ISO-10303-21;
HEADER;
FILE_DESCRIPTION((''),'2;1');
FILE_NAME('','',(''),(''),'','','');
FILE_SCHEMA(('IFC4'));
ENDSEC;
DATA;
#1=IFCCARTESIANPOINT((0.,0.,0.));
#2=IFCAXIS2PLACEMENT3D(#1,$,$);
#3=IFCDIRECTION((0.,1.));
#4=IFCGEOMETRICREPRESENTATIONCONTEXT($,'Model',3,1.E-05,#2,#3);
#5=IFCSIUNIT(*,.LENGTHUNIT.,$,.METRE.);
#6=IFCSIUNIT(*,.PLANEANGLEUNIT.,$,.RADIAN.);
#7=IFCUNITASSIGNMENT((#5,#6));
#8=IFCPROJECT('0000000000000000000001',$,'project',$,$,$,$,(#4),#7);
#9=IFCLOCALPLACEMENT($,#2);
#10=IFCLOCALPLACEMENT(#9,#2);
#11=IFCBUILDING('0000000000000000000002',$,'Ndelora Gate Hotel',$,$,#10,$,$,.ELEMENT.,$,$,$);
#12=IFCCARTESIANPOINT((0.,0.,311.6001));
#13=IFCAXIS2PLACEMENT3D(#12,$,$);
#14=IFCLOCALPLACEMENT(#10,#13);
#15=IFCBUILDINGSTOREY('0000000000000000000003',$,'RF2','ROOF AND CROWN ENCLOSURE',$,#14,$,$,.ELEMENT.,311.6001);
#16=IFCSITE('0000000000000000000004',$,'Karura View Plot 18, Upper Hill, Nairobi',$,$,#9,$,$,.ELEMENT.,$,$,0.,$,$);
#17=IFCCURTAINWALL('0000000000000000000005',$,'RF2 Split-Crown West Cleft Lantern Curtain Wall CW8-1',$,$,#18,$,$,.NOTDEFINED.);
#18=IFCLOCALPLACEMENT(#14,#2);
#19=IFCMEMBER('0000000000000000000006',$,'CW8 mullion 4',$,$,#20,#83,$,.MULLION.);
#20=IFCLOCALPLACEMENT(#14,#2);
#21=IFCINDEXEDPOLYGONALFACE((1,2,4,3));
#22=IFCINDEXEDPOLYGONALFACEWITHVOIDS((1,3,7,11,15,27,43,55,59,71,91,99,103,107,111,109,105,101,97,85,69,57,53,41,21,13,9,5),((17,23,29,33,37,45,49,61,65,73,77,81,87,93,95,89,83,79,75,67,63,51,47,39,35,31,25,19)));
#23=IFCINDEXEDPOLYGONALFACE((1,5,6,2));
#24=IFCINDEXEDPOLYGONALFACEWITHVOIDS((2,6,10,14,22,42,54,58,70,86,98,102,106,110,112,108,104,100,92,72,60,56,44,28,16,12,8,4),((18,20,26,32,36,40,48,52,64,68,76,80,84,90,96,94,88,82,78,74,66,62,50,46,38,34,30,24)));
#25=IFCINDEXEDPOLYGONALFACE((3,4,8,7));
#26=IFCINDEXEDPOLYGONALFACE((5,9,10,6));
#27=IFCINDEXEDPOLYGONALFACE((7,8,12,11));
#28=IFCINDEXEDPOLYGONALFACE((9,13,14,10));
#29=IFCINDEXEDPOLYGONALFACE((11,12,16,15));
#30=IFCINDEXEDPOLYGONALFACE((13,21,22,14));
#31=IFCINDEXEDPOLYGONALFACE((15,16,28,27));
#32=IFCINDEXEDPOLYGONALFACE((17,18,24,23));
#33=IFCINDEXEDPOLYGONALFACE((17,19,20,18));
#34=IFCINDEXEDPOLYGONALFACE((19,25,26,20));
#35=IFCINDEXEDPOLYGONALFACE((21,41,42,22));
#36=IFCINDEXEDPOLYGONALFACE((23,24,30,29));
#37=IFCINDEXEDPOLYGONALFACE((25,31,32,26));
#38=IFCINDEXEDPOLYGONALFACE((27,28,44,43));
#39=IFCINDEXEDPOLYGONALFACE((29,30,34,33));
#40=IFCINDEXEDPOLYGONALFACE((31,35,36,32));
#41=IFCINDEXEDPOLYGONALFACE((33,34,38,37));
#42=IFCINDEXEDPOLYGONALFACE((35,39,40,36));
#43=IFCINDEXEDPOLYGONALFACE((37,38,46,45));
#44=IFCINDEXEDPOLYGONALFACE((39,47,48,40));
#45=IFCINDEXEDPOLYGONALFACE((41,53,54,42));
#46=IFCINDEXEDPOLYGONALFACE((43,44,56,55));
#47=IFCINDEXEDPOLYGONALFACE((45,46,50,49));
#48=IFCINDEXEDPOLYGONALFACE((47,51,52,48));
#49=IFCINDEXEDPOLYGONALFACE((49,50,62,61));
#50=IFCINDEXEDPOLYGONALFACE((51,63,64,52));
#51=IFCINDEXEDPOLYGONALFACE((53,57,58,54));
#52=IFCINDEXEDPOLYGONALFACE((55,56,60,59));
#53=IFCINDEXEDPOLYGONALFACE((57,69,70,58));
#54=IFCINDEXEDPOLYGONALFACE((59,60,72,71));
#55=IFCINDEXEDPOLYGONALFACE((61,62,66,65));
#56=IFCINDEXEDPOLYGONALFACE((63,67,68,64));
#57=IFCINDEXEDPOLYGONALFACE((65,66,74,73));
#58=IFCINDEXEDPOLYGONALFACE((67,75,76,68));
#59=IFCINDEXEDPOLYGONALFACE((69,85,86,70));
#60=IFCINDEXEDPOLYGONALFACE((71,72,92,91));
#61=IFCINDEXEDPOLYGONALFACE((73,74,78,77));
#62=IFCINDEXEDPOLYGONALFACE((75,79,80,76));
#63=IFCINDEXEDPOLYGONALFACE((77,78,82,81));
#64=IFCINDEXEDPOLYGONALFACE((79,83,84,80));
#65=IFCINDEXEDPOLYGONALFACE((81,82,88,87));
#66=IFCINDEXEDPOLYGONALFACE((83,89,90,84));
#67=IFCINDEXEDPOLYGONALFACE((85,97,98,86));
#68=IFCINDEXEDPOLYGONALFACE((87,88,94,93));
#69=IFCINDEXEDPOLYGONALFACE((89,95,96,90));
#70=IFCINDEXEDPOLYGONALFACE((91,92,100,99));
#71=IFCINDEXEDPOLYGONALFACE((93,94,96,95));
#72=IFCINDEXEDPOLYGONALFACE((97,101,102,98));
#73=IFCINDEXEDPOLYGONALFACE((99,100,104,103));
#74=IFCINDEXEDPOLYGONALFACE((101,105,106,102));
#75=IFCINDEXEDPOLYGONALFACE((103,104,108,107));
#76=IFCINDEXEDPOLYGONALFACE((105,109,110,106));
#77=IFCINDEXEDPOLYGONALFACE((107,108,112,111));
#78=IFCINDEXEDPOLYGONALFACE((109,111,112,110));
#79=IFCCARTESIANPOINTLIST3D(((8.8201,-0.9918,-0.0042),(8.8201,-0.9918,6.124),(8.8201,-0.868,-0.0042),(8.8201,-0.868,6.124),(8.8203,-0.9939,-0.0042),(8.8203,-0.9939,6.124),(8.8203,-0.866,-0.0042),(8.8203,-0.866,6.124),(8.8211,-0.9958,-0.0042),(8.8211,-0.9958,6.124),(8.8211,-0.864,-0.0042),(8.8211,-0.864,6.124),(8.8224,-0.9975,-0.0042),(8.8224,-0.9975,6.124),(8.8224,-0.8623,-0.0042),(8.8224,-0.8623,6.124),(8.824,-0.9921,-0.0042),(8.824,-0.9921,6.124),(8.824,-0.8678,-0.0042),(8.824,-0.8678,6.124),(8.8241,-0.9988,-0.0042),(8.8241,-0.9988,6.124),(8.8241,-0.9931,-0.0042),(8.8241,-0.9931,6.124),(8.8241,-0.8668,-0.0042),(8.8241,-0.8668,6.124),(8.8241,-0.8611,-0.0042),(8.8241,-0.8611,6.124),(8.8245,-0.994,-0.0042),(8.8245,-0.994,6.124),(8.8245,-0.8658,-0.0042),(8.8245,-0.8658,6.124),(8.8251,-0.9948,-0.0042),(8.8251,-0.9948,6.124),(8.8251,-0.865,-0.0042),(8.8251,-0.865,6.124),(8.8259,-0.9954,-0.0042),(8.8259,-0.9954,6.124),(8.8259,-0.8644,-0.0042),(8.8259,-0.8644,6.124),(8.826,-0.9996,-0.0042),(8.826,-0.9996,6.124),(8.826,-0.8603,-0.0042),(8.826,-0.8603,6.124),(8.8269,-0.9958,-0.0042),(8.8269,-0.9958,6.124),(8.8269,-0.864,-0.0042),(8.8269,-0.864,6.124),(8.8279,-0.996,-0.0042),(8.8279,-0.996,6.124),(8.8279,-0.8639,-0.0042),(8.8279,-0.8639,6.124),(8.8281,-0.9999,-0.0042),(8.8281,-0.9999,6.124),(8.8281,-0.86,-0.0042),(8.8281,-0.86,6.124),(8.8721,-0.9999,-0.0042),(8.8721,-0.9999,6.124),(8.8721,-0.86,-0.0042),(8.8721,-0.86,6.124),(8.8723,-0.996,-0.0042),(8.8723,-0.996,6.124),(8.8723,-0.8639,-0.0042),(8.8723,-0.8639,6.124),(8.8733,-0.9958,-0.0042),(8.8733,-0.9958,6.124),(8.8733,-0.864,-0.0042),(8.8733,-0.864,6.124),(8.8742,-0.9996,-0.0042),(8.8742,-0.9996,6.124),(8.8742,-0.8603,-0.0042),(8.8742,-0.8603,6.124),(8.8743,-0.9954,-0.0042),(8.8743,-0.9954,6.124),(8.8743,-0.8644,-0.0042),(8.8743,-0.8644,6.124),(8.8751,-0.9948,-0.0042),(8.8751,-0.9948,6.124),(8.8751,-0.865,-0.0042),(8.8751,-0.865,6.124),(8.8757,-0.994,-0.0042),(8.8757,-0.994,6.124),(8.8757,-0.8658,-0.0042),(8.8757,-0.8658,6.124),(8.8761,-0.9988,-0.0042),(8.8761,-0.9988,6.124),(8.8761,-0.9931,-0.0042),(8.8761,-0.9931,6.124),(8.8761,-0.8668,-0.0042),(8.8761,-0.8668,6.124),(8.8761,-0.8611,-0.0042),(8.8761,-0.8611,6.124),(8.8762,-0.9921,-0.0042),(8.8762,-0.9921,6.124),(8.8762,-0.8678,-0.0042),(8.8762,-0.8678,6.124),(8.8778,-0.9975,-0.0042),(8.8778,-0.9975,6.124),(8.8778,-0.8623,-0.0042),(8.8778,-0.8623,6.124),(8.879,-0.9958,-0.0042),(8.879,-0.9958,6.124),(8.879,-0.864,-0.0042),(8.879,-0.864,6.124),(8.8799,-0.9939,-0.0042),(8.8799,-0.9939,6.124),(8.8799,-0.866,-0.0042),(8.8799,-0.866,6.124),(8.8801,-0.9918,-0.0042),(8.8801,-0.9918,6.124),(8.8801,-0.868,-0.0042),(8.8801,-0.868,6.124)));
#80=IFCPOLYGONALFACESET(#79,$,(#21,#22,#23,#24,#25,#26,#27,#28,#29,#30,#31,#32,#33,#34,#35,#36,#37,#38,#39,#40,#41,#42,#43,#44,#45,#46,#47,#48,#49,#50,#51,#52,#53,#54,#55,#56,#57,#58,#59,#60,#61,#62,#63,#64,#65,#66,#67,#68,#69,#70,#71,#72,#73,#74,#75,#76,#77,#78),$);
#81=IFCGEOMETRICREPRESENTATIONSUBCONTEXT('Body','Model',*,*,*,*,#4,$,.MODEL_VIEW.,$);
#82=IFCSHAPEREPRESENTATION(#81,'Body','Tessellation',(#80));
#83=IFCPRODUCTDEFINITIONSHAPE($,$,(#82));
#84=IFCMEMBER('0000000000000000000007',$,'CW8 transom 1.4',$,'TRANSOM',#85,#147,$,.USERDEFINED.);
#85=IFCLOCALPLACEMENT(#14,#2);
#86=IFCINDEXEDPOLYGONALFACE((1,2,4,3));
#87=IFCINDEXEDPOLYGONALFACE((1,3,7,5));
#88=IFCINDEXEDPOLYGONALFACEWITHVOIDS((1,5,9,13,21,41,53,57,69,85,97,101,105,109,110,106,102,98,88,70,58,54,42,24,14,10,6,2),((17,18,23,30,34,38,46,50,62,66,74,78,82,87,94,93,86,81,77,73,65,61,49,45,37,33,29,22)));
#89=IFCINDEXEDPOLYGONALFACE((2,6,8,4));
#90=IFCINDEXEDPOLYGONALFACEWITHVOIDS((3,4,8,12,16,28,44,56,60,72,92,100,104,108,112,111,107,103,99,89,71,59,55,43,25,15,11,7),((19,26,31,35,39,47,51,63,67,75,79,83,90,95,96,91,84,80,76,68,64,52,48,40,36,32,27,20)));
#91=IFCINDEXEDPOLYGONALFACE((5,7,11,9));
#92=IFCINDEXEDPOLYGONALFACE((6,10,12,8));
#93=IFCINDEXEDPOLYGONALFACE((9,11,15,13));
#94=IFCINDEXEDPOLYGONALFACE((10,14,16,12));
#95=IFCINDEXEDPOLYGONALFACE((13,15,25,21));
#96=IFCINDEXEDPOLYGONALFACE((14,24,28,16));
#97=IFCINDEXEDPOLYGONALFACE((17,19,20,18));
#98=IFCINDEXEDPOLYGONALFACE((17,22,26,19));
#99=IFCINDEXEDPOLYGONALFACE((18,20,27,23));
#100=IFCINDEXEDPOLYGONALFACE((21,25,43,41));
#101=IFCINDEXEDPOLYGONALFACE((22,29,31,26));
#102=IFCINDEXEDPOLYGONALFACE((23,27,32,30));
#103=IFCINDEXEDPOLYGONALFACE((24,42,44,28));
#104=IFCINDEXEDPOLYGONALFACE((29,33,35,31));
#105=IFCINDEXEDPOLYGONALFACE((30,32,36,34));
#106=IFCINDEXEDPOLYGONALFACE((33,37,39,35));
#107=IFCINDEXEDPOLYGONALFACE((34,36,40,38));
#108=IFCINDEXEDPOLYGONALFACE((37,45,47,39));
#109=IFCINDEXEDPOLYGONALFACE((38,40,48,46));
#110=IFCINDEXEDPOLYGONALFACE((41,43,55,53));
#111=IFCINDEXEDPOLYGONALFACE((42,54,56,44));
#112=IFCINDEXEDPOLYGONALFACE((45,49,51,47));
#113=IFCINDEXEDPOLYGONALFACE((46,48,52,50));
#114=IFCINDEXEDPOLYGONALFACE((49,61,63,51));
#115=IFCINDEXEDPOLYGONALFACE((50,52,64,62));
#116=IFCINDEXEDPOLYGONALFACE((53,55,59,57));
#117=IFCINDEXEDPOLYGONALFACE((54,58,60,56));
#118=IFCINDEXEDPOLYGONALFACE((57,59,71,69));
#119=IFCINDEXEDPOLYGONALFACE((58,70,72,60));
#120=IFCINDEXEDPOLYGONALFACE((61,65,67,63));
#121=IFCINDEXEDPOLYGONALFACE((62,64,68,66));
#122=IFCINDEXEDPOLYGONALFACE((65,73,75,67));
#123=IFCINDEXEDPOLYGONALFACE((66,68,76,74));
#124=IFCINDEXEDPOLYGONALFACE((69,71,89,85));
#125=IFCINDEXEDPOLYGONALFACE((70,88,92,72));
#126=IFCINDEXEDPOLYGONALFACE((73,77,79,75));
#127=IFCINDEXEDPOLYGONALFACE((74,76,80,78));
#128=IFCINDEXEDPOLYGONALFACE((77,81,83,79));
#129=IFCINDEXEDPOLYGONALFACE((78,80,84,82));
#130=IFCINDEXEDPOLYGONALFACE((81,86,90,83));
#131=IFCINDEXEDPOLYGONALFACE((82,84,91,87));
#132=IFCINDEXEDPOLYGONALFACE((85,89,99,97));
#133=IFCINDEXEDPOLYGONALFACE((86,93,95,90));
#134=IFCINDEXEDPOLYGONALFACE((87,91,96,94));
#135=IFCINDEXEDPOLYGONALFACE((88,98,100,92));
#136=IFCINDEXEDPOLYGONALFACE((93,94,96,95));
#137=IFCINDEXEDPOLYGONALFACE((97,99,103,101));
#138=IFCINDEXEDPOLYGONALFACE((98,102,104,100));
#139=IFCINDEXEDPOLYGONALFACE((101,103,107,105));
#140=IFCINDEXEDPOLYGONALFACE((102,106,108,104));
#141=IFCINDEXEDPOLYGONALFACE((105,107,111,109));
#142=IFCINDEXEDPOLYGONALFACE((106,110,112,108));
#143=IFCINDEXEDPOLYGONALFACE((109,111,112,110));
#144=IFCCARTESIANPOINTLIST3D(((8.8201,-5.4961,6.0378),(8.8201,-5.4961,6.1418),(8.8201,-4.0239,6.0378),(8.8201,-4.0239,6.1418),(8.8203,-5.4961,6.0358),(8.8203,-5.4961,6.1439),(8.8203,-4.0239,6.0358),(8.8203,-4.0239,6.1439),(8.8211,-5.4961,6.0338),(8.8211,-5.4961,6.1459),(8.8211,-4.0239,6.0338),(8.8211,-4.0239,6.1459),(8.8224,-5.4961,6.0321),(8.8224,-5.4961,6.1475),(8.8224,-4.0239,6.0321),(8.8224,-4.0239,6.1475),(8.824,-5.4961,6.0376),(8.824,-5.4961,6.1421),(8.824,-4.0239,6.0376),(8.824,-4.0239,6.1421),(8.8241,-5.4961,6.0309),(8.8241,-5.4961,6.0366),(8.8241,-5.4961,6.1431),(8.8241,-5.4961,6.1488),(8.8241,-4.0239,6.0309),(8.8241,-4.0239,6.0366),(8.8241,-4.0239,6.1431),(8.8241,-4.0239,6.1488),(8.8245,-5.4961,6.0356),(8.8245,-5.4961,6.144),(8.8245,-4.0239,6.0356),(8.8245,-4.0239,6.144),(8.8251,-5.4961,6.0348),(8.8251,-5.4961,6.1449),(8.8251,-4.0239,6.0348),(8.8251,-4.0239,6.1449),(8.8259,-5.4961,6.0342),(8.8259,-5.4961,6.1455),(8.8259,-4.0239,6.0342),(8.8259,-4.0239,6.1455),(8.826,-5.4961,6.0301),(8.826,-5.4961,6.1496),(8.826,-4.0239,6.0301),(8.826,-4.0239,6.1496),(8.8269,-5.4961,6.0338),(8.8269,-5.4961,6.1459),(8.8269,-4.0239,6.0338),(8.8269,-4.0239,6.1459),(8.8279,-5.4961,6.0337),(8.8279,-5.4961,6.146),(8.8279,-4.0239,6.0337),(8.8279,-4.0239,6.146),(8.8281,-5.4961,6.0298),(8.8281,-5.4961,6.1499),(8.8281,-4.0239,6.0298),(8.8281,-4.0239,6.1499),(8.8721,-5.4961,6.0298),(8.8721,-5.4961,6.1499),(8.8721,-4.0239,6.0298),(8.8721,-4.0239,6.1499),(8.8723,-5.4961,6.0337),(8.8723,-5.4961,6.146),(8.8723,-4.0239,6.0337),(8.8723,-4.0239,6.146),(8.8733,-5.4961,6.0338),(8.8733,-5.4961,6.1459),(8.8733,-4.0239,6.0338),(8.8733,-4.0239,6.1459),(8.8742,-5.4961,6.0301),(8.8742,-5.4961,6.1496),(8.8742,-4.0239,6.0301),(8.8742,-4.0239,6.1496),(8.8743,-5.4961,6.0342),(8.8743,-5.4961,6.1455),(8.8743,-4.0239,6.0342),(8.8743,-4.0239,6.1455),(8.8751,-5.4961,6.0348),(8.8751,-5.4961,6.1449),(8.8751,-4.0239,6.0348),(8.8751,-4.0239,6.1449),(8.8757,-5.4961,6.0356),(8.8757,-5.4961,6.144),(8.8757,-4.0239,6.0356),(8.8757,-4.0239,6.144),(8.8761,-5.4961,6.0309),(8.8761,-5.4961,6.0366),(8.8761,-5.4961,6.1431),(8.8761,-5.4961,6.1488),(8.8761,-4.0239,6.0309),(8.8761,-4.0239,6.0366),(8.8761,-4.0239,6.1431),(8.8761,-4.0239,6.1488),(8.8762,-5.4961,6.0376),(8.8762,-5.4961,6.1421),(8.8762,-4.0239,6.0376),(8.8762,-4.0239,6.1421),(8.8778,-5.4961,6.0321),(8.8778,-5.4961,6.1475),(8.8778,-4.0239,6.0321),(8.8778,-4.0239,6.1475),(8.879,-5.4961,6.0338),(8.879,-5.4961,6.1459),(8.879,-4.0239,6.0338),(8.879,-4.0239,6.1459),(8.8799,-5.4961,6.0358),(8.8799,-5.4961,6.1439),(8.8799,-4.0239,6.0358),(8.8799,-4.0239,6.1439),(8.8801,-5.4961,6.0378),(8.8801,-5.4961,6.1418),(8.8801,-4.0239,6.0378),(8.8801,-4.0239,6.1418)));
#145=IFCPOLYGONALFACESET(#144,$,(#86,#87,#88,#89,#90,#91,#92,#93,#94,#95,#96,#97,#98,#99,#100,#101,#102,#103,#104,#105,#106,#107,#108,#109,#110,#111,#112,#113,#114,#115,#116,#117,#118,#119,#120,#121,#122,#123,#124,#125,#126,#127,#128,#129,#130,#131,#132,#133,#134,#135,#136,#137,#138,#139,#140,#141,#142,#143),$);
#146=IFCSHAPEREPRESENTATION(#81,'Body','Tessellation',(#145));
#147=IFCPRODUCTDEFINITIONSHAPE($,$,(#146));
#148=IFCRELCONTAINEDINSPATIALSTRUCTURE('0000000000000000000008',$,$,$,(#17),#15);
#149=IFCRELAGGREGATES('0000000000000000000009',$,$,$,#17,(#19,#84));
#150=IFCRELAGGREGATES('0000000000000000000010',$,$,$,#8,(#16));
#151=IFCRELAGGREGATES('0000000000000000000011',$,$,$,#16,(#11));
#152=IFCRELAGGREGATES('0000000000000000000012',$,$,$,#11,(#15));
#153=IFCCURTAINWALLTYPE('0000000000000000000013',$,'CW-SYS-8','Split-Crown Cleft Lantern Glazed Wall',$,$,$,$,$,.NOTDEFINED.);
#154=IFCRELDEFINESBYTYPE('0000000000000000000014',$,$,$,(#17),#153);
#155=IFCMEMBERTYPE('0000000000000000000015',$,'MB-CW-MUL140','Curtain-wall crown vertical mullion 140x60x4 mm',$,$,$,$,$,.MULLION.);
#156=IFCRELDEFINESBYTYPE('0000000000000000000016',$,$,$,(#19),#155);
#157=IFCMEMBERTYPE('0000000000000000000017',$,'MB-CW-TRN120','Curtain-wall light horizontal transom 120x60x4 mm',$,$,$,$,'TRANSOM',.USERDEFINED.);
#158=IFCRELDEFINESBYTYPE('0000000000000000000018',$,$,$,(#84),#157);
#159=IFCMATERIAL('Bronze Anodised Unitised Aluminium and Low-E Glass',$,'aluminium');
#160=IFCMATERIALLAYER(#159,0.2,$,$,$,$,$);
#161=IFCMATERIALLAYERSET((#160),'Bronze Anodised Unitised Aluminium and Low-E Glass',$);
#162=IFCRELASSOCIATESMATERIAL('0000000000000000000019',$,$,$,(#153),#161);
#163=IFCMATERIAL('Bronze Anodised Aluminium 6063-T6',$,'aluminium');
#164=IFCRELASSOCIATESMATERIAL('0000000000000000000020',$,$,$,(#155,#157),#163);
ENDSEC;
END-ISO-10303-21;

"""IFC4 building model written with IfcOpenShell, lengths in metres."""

from ifc_helpers import new_model, si_unit, direction, frame, origin, origin_2d, place, context, subcontext, project, spatial, hollow_rectangle, extrude, material, layer, layer_set, material_profile, profile_set, type_object, element, aggregate, save


model = new_model("IFC4")

# Units and contexts
model_context = context("Model", 3, precision=1e-05, world=origin(), true_north=direction((0.0, 1.0)))
body_context = subcontext(model_context, "Body", "Model", "MODEL_VIEW")
ifc_project = project(units=[si_unit("LENGTHUNIT", "METRE"), si_unit("PLANEANGLEUNIT", "RADIAN")], contexts=[model_context])

# Site, building, storey
site_placement = place(None, origin())
site = spatial("IfcSite", under=ifc_project, at=site_placement, Name="Karura View Plot 18, Upper Hill, Nairobi", CompositionType="ELEMENT", RefElevation=0.0)
building_placement = place(site_placement, origin())
building = spatial("IfcBuilding", under=site, at=building_placement, Name="Ndelora Gate Hotel", CompositionType="ELEMENT")
storey_placement = place(building_placement, frame((0.0, 0.0, 311.6001)))
storey = spatial("IfcBuildingStorey", under=building, at=storey_placement, Name="RF2", Description="ROOF AND CROWN ENCLOSURE", CompositionType="ELEMENT", Elevation=311.6001)

# Curtain wall, members
ifc_material_1 = material(Name="Bronze Anodised Unitised Aluminium and Low-E Glass", Category="aluminium")
ifc_layer_1 = layer(ifc_material_1, 0.2)
ifc_layer_set_1 = layer_set([ifc_layer_1], Name="Bronze Anodised Unitised Aluminium and Low-E Glass")
curtain_wall_type = type_object("IfcCurtainWallType", Name="CW-SYS-8", Description="Split-Crown Cleft Lantern Glazed Wall", PredefinedType="NOTDEFINED", material=ifc_layer_set_1)
curtain_wall_placement = place(storey_placement, origin())
curtain_wall = element("IfcCurtainWall", 1, at=curtain_wall_placement, inside=storey, type_object=curtain_wall_type, Name="RF2 Split-Crown West Cleft Lantern Curtain Wall CW8-1", PredefinedType="NOTDEFINED")
ifc_material_2 = material(Name="Bronze Anodised Aluminium 6063-T6", Category="aluminium")
ifc_material_profile_1 = material_profile(ifc_material_2, hollow_rectangle(XDim=0.0601, YDim=0.1399, WallThickness=0.0039, InnerFilletRadius=0.0039, OuterFilletRadius=0.0081, at=origin_2d()), Name="ALU 140x60x4")
ifc_profile_set_1 = profile_set([ifc_material_profile_1], Name="Bronze Anodised Aluminium 6063-T6")
member_type_1 = type_object("IfcMemberType", Name="MB-CW-MUL140", Description="Curtain-wall crown vertical mullion 140x60x4 mm", PredefinedType="MULLION", material=ifc_profile_set_1)
member_1_placement = place(storey_placement, frame((8.8501, -0.9299, -0.0042), z_axis=(0.0, 0.0, 1.0), x_axis=(-1.0, 0.0, 0.0)))
member_1 = element("IfcMember", 2, at=member_1_placement, type_object=member_type_1, Name="CW8 mullion 4", PredefinedType="MULLION", context=body_context, shape_type="SweptSolid", body=[
    extrude(hollow_rectangle(XDim=0.0601, YDim=0.1399, WallThickness=0.0039, InnerFilletRadius=0.0039, OuterFilletRadius=0.0081, at=origin_2d()), origin(), (0.0, 0.0, 1.0), 6.1282),
])
ifc_material_profile_2 = material_profile(ifc_material_2, hollow_rectangle(XDim=0.0601, YDim=0.1201, WallThickness=0.0039, InnerFilletRadius=0.0039, OuterFilletRadius=0.0081, at=origin_2d()), Name="ALU 120x60x4")
ifc_profile_set_2 = profile_set([ifc_material_profile_2], Name="Bronze Anodised Aluminium 6063-T6")
member_type_2 = type_object("IfcMemberType", Name="MB-CW-TRN120", Description="Curtain-wall light horizontal transom 120x60x4 mm", ElementType="TRANSOM", PredefinedType="USERDEFINED", material=ifc_profile_set_2)
member_2_placement = place(storey_placement, frame((8.8501, -5.4961, 6.0898), z_axis=(0.0, 1.0, 0.0), x_axis=(-1.0, 0.0, 0.0)))
member_2 = element("IfcMember", 3, at=member_2_placement, type_object=member_type_2, Name="CW8 transom 1.4", ObjectType="TRANSOM", PredefinedType="USERDEFINED", context=body_context, shape_type="SweptSolid", body=[
    extrude(hollow_rectangle(XDim=0.0601, YDim=0.1201, WallThickness=0.0039, InnerFilletRadius=0.0039, OuterFilletRadius=0.0081, at=origin_2d()), origin(), (0.0, 0.0, 1.0), 1.4722),
])
aggregate(curtain_wall, [member_1, member_2])

save(model, "model.ifc")
